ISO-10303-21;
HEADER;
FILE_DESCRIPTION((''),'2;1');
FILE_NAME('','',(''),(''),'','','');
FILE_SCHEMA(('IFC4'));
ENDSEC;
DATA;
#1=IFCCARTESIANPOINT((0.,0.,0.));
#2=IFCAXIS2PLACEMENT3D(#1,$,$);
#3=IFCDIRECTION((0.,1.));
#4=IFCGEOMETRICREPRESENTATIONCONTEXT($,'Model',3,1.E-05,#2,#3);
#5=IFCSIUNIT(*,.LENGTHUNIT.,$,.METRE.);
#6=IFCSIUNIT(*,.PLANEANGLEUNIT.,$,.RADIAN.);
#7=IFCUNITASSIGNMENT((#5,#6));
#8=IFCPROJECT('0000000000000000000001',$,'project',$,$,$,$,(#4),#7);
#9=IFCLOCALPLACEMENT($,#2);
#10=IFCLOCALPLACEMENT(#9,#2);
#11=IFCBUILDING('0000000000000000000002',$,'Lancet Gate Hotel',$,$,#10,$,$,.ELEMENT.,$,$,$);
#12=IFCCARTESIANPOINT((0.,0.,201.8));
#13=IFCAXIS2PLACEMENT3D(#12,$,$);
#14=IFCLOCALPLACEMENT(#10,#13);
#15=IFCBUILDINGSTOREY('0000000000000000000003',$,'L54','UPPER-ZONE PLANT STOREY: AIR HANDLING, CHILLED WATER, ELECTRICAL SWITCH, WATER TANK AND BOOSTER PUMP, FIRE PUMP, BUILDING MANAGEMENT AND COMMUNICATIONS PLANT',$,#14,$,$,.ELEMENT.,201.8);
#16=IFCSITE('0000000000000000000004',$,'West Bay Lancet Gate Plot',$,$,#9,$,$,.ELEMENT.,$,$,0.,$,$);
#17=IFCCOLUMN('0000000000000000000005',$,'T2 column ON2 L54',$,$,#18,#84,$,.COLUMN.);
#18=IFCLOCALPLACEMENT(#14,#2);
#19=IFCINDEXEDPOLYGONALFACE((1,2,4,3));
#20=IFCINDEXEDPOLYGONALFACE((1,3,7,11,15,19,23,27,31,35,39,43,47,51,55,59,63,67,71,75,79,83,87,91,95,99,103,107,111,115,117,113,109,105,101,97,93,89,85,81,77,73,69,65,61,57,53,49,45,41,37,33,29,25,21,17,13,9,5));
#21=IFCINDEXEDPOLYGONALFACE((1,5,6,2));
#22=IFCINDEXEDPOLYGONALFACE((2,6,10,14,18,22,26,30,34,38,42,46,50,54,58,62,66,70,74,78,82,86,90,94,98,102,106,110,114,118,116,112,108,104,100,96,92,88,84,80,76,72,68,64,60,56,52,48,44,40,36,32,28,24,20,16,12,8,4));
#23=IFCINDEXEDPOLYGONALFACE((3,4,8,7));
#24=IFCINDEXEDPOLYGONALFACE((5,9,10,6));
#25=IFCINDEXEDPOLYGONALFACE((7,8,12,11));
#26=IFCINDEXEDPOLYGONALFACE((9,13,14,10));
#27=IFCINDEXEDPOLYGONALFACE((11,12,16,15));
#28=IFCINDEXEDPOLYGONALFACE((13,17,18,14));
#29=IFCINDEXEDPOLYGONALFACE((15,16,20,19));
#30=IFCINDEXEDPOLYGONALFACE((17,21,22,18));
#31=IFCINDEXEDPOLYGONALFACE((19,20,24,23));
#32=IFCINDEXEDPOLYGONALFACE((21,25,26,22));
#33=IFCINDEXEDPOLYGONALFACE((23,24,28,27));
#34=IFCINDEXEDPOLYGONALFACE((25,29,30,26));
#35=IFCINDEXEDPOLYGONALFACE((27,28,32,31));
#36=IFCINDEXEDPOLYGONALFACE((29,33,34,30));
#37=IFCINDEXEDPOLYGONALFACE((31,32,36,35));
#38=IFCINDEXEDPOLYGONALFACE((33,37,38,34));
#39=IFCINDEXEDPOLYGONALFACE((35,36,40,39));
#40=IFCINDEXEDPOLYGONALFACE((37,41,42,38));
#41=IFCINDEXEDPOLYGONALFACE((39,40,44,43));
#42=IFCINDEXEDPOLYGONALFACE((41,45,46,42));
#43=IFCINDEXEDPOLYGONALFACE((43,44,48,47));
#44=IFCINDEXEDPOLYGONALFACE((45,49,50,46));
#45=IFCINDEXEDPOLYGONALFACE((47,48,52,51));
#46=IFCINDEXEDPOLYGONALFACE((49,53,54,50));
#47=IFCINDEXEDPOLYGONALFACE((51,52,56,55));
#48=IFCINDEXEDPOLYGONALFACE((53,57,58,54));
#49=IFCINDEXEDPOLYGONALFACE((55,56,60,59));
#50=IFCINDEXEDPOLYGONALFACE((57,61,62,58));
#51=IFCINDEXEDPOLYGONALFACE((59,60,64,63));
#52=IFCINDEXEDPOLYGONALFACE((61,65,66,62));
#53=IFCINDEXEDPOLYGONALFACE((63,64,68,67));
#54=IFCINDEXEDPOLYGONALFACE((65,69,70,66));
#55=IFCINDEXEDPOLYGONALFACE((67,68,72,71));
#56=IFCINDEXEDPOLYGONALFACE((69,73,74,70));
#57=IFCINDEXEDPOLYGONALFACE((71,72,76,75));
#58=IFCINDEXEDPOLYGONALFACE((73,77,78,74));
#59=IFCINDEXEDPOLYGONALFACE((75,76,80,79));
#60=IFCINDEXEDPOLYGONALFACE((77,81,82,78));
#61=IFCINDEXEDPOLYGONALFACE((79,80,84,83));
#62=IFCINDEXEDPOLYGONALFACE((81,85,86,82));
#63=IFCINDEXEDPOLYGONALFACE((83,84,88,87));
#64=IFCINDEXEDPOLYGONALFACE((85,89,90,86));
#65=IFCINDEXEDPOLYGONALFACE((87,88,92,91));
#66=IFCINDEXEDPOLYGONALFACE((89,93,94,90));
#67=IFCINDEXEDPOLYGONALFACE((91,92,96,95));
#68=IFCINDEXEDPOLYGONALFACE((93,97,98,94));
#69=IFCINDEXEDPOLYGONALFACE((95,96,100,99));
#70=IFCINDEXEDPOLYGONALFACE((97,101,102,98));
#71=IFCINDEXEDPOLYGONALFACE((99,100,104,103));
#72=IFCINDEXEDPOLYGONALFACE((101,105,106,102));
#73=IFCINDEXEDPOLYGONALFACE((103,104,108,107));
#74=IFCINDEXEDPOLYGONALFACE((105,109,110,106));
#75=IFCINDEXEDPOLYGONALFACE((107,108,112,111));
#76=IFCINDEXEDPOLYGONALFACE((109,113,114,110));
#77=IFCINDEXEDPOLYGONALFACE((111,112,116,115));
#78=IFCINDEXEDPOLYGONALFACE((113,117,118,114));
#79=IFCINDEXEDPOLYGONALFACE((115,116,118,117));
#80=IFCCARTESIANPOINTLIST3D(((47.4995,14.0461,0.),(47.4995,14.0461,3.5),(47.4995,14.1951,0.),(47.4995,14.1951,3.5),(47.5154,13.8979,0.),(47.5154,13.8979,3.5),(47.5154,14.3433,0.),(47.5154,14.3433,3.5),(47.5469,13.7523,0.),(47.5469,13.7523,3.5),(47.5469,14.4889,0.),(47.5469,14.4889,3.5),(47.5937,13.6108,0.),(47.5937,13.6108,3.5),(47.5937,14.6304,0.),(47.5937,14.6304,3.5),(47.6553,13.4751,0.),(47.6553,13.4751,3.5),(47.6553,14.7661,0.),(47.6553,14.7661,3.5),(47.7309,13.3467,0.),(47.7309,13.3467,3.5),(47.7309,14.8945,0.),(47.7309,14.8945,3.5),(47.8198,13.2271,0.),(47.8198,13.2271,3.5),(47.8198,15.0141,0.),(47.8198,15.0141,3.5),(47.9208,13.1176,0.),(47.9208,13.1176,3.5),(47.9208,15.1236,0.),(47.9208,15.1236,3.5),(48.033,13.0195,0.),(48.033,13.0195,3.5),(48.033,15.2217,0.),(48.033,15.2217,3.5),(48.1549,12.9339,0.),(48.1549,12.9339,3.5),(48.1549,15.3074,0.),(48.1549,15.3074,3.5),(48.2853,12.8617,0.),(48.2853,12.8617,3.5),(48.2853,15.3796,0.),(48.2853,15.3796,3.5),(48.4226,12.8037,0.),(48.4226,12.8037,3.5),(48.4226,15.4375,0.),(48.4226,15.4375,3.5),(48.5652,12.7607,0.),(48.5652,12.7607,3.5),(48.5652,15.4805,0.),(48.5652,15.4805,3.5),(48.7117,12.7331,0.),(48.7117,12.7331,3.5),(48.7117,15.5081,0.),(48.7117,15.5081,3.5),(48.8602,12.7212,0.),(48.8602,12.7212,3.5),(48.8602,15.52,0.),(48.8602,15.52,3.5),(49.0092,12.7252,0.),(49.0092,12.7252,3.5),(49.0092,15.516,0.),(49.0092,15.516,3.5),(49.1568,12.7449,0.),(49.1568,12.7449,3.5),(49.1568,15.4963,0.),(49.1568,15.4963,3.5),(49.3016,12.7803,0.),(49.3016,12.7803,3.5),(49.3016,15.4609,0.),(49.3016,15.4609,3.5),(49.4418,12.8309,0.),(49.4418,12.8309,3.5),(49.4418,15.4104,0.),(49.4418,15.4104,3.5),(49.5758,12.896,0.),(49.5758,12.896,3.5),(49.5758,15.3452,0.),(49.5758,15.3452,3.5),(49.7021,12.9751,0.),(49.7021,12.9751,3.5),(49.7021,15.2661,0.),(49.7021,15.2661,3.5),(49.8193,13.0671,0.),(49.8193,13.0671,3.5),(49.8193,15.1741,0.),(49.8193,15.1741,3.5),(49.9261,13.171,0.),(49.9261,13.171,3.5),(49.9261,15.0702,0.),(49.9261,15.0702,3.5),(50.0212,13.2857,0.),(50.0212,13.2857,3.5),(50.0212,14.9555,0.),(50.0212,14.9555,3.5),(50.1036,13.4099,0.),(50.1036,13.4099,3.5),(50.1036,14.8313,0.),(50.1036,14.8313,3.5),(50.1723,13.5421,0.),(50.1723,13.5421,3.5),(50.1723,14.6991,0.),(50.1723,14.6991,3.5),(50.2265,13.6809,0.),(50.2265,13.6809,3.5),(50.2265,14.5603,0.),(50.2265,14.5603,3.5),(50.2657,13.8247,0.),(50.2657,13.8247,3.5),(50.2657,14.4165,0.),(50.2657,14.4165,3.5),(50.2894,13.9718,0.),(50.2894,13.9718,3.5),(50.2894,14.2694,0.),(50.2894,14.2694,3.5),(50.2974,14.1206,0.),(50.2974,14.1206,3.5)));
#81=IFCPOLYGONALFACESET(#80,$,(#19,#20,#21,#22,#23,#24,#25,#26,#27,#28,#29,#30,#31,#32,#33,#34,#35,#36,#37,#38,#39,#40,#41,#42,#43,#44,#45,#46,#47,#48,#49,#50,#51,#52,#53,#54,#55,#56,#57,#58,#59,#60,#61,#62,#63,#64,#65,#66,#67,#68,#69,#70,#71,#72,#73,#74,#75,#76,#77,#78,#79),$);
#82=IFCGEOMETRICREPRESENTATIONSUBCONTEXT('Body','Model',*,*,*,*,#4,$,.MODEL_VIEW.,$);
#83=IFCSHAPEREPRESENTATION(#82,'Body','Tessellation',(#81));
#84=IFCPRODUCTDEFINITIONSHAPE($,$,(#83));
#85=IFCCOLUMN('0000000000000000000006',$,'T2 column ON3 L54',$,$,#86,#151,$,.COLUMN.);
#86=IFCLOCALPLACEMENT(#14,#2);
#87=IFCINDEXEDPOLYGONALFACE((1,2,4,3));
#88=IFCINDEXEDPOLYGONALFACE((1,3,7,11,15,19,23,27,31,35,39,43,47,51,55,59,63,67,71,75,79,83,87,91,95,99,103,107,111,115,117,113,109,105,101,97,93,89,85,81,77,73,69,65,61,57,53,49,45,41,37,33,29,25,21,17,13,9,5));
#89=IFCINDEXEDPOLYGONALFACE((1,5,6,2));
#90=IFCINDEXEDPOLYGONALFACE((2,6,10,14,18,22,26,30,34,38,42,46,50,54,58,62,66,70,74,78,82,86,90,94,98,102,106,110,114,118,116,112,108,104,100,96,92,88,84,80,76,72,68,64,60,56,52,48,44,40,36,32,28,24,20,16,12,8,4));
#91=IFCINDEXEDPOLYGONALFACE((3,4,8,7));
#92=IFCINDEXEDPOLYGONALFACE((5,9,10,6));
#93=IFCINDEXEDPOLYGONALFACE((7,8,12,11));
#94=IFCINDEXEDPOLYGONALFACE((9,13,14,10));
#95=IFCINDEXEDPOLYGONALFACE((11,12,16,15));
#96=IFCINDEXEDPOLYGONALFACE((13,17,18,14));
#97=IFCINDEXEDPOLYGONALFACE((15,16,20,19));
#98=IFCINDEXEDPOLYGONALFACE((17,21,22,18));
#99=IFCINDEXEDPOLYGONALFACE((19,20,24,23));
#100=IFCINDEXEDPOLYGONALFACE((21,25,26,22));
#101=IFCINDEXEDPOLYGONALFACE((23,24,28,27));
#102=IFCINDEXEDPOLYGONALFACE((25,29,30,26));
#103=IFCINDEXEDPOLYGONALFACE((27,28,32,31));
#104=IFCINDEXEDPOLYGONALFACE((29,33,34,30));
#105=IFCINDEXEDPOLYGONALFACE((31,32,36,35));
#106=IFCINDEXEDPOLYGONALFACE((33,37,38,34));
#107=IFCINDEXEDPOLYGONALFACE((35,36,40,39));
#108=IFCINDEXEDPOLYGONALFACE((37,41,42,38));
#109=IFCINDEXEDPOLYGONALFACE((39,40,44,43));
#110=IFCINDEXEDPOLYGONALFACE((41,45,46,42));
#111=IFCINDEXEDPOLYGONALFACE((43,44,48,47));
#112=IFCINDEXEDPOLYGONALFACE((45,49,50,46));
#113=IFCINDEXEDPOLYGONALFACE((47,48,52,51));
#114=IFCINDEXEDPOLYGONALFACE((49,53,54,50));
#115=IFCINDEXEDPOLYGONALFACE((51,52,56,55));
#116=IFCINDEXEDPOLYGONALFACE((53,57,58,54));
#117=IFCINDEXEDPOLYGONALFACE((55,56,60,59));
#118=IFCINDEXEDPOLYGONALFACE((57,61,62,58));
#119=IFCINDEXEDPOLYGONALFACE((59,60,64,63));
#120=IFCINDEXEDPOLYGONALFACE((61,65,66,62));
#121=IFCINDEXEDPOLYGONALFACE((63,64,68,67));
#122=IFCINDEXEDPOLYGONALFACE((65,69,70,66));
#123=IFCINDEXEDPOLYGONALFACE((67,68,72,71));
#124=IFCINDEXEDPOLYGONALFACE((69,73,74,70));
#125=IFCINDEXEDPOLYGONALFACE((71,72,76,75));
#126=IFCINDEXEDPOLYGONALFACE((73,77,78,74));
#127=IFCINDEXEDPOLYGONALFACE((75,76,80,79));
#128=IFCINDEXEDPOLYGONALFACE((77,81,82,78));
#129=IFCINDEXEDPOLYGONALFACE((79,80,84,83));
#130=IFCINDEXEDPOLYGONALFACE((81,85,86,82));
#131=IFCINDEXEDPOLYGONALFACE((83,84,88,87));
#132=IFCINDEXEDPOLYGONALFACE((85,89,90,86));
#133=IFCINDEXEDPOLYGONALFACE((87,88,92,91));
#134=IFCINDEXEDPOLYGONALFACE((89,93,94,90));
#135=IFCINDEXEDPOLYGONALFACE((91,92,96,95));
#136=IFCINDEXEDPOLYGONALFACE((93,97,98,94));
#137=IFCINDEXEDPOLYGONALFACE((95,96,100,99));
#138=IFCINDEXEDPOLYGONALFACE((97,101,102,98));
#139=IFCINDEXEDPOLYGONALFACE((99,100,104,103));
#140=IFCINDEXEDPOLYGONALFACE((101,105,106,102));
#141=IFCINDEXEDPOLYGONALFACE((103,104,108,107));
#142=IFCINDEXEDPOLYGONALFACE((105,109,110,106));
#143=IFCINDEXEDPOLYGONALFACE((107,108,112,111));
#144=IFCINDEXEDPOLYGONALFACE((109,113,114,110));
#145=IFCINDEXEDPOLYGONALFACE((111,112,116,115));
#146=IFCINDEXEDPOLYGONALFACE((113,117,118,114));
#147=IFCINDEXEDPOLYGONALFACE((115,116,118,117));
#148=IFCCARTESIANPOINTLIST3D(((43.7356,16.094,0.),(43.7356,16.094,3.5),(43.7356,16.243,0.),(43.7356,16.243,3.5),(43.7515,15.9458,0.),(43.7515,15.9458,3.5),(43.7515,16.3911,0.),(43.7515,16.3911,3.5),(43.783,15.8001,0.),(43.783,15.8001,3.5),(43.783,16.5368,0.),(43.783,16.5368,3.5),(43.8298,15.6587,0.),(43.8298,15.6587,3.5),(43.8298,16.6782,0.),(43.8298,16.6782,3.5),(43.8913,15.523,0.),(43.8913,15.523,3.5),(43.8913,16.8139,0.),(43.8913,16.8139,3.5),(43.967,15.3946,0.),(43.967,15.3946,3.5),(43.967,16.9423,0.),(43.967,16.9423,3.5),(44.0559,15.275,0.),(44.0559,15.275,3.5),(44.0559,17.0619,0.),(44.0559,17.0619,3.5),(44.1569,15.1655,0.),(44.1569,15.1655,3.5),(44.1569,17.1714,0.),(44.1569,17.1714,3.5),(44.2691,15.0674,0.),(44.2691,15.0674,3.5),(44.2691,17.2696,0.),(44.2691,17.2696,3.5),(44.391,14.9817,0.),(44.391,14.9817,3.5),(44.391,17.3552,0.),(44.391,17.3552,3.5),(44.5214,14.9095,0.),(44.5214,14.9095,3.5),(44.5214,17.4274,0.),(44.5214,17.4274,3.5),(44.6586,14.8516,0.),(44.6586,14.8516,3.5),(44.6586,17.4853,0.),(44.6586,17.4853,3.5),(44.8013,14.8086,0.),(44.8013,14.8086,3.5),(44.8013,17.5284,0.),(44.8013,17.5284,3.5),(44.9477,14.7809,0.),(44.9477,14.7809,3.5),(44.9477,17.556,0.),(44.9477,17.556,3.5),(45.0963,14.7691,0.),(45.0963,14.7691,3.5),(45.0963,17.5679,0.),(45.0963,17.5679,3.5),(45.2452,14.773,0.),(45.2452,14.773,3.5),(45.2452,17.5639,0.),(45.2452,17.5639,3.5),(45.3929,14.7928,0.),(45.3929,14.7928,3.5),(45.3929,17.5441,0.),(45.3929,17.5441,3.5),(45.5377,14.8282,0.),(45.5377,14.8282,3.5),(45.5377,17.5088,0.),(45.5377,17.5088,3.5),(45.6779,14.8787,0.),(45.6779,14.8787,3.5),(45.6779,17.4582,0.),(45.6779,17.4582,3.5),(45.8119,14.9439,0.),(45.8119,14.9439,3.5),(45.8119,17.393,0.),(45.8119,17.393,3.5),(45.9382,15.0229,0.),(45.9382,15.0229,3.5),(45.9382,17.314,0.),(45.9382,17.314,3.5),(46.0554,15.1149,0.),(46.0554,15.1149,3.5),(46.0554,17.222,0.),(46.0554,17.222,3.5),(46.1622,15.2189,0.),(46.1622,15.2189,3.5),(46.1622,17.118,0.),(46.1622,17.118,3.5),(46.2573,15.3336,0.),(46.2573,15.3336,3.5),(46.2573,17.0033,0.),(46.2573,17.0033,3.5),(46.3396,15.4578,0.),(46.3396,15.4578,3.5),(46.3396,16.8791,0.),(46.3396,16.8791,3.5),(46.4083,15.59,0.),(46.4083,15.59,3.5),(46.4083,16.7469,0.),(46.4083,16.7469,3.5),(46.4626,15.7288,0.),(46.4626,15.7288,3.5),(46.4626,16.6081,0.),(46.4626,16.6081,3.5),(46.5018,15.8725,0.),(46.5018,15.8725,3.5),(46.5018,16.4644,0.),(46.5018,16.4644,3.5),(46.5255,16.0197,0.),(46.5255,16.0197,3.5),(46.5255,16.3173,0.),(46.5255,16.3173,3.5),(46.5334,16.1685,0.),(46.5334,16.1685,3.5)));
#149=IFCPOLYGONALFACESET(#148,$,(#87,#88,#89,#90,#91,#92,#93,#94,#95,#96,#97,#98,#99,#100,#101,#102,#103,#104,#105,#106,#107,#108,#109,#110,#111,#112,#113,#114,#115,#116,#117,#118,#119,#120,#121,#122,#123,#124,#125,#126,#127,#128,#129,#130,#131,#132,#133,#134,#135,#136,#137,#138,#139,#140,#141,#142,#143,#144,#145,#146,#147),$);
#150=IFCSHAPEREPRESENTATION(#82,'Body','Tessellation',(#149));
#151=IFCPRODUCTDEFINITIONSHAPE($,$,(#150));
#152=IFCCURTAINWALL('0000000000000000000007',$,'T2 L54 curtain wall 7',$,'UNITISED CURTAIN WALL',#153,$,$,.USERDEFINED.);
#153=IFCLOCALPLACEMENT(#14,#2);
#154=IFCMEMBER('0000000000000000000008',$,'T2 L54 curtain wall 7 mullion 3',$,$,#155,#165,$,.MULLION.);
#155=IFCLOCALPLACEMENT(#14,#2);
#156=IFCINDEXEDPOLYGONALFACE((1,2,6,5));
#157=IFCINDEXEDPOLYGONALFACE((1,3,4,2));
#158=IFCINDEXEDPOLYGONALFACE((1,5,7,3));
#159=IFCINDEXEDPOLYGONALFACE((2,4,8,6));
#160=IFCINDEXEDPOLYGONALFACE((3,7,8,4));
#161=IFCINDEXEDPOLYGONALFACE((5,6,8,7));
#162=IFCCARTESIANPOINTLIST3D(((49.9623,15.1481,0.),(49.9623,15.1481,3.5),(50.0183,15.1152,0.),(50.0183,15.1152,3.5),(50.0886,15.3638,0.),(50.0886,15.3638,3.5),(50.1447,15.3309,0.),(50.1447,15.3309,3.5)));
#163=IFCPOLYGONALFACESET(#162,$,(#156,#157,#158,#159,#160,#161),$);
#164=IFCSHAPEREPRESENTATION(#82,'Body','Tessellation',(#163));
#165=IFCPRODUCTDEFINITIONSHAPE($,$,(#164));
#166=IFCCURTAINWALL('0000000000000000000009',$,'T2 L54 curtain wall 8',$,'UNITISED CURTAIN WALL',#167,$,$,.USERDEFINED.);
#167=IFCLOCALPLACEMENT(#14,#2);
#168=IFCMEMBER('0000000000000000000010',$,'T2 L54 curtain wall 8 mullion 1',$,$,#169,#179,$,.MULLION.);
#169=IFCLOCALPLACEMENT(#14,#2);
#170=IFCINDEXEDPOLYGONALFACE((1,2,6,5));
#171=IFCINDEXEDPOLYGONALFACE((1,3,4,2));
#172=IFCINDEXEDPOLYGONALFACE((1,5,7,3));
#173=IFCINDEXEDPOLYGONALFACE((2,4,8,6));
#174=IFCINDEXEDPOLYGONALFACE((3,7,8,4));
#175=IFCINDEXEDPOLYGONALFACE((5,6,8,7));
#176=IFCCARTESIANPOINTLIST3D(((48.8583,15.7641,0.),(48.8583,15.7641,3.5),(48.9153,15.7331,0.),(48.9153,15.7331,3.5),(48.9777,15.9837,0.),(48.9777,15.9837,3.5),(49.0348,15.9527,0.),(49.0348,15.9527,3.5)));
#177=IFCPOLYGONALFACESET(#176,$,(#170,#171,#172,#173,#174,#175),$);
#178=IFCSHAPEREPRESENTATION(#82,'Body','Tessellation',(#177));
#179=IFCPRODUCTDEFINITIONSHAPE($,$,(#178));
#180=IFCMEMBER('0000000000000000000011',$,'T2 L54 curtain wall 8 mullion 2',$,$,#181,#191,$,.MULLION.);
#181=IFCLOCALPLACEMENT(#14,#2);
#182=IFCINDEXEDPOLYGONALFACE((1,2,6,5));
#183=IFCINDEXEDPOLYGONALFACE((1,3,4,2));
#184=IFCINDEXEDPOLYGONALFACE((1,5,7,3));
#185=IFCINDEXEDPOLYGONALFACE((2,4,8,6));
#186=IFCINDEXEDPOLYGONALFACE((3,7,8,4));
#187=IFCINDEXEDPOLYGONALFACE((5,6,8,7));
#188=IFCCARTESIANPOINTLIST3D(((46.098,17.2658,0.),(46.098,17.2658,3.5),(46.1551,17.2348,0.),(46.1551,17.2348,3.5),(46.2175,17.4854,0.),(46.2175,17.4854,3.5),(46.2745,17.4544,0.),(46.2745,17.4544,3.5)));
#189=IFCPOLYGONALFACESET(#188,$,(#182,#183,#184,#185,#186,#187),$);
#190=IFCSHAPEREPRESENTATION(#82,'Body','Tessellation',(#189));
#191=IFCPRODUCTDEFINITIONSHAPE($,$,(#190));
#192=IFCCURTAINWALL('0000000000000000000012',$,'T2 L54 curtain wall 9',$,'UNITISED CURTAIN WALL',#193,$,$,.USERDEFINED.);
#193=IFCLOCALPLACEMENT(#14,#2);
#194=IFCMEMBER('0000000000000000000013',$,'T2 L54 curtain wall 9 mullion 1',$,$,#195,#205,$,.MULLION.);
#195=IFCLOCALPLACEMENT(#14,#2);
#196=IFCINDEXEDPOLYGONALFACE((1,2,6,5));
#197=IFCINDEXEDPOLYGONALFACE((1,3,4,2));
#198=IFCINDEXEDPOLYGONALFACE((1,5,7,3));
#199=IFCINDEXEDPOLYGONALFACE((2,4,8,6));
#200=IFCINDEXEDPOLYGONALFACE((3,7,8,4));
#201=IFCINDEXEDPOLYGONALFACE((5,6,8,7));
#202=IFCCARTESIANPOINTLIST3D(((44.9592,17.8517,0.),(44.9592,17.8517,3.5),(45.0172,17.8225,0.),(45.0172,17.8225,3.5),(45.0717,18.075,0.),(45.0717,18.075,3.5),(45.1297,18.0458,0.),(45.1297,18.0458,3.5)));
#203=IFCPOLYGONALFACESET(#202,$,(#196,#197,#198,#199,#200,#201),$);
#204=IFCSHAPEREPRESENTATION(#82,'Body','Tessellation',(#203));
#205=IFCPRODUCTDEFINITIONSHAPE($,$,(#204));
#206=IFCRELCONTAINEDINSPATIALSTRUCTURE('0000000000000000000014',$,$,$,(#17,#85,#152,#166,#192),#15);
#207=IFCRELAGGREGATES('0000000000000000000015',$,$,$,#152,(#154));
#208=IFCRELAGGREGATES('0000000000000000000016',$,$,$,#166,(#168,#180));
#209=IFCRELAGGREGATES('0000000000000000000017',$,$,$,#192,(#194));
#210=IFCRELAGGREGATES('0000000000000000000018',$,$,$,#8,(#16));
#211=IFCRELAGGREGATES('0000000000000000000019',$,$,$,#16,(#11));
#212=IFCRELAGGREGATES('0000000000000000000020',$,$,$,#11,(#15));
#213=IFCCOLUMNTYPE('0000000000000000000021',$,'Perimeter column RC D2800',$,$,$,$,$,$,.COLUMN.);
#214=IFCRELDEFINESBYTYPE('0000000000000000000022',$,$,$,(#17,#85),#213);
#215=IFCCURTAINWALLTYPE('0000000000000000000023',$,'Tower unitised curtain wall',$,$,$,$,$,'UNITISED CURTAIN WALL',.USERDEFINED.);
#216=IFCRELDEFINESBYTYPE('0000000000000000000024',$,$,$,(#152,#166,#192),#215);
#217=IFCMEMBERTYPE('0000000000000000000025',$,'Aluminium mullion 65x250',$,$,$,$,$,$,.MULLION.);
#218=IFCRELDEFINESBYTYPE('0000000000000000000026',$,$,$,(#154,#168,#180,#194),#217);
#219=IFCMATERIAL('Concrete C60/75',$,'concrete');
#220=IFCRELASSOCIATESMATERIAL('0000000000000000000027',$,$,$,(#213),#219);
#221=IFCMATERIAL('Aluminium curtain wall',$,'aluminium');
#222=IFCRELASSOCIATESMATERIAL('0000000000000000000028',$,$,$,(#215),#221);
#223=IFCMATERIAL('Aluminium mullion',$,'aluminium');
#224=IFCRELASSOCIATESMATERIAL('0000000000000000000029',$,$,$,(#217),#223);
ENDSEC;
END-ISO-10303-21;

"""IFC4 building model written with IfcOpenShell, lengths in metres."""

from ifc_helpers import new_model, si_unit, direction, frame, origin, origin_2d, place, context, subcontext, project, spatial, rectangle, circle, extrude, material, material_profile, profile_set, type_object, element, aggregate, save


model = new_model("IFC4")

# Units and contexts
model_context = context("Model", 3, precision=1e-05, world=origin(), true_north=direction((0.0, 1.0)))
body_context = subcontext(model_context, "Body", "Model", "MODEL_VIEW")
ifc_project = project(units=[si_unit("LENGTHUNIT", "METRE"), si_unit("PLANEANGLEUNIT", "RADIAN")], contexts=[model_context])

# Site, building, storey
site_placement = place(None, origin())
site = spatial("IfcSite", under=ifc_project, at=site_placement, Name="West Bay Lancet Gate Plot", CompositionType="ELEMENT", RefElevation=0.0)
building_placement = place(site_placement, origin())
building = spatial("IfcBuilding", under=site, at=building_placement, Name="Lancet Gate Hotel", CompositionType="ELEMENT")
storey_placement = place(building_placement, frame((0.0, 0.0, 201.8)))
storey = spatial("IfcBuildingStorey", under=building, at=storey_placement, Name="L54", Description="UPPER-ZONE PLANT STOREY: AIR HANDLING, CHILLED WATER, ELECTRICAL SWITCH, WATER TANK AND BOOSTER PUMP, FIRE PUMP, BUILDING MANAGEMENT AND COMMUNICATIONS PLANT", CompositionType="ELEMENT", Elevation=201.8)

# Columns
ifc_material_1 = material(Name="Concrete C60/75", Category="concrete")
ifc_material_profile_1 = material_profile(ifc_material_1, circle(Radius=1.3999, at=origin_2d()), Name="RC D2800")
ifc_profile_set_1 = profile_set([ifc_material_profile_1], Name="Concrete C60/75")
column_type = type_object("IfcColumnType", Name="Perimeter column RC D2800", PredefinedType="COLUMN", material=ifc_profile_set_1)
for number, where, z_axis, x_axis, name in (
    (1, (48.8975, 14.1206, 0.0), (0.0, 0.0, 1.0), (1.0, 0.0, 0.0), "T2 column ON2 L54"),
    (2, (45.1335, 16.1685, 0.0), (0.0, 0.0, 1.0), (1.0, 0.0, 0.0), "T2 column ON3 L54"),
):
    element("IfcColumn", number, at=place(storey_placement, frame(where, z_axis=z_axis, x_axis=x_axis)), inside=storey, type_object=column_type, Name=name, PredefinedType="COLUMN", context=body_context, shape_type="SweptSolid", body=[
        extrude(circle(Radius=1.3999, at=origin_2d()), origin(), (0.0, 0.0, 1.0), 3.5),
    ])

# Curtain wall, member
ifc_material_2 = material(Name="Aluminium curtain wall", Category="aluminium")
curtain_wall_type = type_object("IfcCurtainWallType", Name="Tower unitised curtain wall", ElementType="UNITISED CURTAIN WALL", PredefinedType="USERDEFINED", material=ifc_material_2)
curtain_wall_1_placement = place(storey_placement, origin())
curtain_wall_1 = element("IfcCurtainWall", 3, at=curtain_wall_1_placement, inside=storey, type_object=curtain_wall_type, Name="T2 L54 curtain wall 7", ObjectType="UNITISED CURTAIN WALL", PredefinedType="USERDEFINED")
ifc_material_3 = material(Name="Aluminium mullion", Category="aluminium")
ifc_material_profile_2 = material_profile(ifc_material_3, rectangle(XDim=0.0649, YDim=0.25, at=origin_2d()), Name="MULLION 65x250")
ifc_profile_set_2 = profile_set([ifc_material_profile_2], Name="Aluminium mullion")
member_type_1 = type_object("IfcMemberType", Name="Aluminium mullion 65x250", PredefinedType="MULLION", material=ifc_profile_set_2)
member_1_placement = place(storey_placement, frame((50.0535, 15.2395, 0.0), z_axis=(0.0, 0.0, 1.0), x_axis=(-0.862815, 0.50552, 0.0)))
member_1 = element("IfcMember", 4, at=member_1_placement, type_object=member_type_1, Name="T2 L54 curtain wall 7 mullion 3", PredefinedType="MULLION", context=body_context, shape_type="SweptSolid", body=[
    extrude(rectangle(XDim=0.0649, YDim=0.25, at=origin_2d()), origin(), (0.0, 0.0, 1.0), 3.5),
])

# Curtain walls, members
curtain_wall_2_placement = place(storey_placement, origin())
curtain_wall_2 = element("IfcCurtainWall", 5, at=curtain_wall_2_placement, inside=storey, type_object=curtain_wall_type, Name="T2 L54 curtain wall 8", ObjectType="UNITISED CURTAIN WALL", PredefinedType="USERDEFINED")
member_2_placement = place(storey_placement, frame((48.9465, 15.8584, 0.0), z_axis=(0.0, 0.0, 1.0), x_axis=(-0.87841, 0.477908, 0.0)))
member_2 = element("IfcMember", 6, at=member_2_placement, type_object=member_type_1, Name="T2 L54 curtain wall 8 mullion 1", PredefinedType="MULLION", context=body_context, shape_type="SweptSolid", body=[
    extrude(rectangle(XDim=0.0649, YDim=0.25, at=origin_2d()), origin(), (0.0, 0.0, 1.0), 3.5),
])
member_3_placement = place(storey_placement, frame((46.1863, 17.3601, 0.0), z_axis=(0.0, 0.0, 1.0), x_axis=(-0.87841, 0.477908, 0.0)))
member_3 = element("IfcMember", 7, at=member_3_placement, type_object=member_type_1, Name="T2 L54 curtain wall 8 mullion 2", PredefinedType="MULLION", context=body_context, shape_type="SweptSolid", body=[
    extrude(rectangle(XDim=0.0649, YDim=0.25, at=origin_2d()), origin(), (0.0, 0.0, 1.0), 3.5),
])
curtain_wall_3_placement = place(storey_placement, origin())
curtain_wall_3 = element("IfcCurtainWall", 8, at=curtain_wall_3_placement, inside=storey, type_object=curtain_wall_type, Name="T2 L54 curtain wall 9", ObjectType="UNITISED CURTAIN WALL", PredefinedType="USERDEFINED")
member_4_placement = place(storey_placement, frame((45.0444, 17.9487, 0.0), z_axis=(0.0, 0.0, 1.0), x_axis=(-0.893121, 0.449816, 0.0)))
member_4 = element("IfcMember", 9, at=member_4_placement, type_object=member_type_1, Name="T2 L54 curtain wall 9 mullion 1", PredefinedType="MULLION", context=body_context, shape_type="SweptSolid", body=[
    extrude(rectangle(XDim=0.0649, YDim=0.25, at=origin_2d()), origin(), (0.0, 0.0, 1.0), 3.5),
])

aggregate(curtain_wall_1, [member_1])
aggregate(curtain_wall_2, [member_2, member_3])
aggregate(curtain_wall_3, [member_4])

save(model, "model.ifc")
